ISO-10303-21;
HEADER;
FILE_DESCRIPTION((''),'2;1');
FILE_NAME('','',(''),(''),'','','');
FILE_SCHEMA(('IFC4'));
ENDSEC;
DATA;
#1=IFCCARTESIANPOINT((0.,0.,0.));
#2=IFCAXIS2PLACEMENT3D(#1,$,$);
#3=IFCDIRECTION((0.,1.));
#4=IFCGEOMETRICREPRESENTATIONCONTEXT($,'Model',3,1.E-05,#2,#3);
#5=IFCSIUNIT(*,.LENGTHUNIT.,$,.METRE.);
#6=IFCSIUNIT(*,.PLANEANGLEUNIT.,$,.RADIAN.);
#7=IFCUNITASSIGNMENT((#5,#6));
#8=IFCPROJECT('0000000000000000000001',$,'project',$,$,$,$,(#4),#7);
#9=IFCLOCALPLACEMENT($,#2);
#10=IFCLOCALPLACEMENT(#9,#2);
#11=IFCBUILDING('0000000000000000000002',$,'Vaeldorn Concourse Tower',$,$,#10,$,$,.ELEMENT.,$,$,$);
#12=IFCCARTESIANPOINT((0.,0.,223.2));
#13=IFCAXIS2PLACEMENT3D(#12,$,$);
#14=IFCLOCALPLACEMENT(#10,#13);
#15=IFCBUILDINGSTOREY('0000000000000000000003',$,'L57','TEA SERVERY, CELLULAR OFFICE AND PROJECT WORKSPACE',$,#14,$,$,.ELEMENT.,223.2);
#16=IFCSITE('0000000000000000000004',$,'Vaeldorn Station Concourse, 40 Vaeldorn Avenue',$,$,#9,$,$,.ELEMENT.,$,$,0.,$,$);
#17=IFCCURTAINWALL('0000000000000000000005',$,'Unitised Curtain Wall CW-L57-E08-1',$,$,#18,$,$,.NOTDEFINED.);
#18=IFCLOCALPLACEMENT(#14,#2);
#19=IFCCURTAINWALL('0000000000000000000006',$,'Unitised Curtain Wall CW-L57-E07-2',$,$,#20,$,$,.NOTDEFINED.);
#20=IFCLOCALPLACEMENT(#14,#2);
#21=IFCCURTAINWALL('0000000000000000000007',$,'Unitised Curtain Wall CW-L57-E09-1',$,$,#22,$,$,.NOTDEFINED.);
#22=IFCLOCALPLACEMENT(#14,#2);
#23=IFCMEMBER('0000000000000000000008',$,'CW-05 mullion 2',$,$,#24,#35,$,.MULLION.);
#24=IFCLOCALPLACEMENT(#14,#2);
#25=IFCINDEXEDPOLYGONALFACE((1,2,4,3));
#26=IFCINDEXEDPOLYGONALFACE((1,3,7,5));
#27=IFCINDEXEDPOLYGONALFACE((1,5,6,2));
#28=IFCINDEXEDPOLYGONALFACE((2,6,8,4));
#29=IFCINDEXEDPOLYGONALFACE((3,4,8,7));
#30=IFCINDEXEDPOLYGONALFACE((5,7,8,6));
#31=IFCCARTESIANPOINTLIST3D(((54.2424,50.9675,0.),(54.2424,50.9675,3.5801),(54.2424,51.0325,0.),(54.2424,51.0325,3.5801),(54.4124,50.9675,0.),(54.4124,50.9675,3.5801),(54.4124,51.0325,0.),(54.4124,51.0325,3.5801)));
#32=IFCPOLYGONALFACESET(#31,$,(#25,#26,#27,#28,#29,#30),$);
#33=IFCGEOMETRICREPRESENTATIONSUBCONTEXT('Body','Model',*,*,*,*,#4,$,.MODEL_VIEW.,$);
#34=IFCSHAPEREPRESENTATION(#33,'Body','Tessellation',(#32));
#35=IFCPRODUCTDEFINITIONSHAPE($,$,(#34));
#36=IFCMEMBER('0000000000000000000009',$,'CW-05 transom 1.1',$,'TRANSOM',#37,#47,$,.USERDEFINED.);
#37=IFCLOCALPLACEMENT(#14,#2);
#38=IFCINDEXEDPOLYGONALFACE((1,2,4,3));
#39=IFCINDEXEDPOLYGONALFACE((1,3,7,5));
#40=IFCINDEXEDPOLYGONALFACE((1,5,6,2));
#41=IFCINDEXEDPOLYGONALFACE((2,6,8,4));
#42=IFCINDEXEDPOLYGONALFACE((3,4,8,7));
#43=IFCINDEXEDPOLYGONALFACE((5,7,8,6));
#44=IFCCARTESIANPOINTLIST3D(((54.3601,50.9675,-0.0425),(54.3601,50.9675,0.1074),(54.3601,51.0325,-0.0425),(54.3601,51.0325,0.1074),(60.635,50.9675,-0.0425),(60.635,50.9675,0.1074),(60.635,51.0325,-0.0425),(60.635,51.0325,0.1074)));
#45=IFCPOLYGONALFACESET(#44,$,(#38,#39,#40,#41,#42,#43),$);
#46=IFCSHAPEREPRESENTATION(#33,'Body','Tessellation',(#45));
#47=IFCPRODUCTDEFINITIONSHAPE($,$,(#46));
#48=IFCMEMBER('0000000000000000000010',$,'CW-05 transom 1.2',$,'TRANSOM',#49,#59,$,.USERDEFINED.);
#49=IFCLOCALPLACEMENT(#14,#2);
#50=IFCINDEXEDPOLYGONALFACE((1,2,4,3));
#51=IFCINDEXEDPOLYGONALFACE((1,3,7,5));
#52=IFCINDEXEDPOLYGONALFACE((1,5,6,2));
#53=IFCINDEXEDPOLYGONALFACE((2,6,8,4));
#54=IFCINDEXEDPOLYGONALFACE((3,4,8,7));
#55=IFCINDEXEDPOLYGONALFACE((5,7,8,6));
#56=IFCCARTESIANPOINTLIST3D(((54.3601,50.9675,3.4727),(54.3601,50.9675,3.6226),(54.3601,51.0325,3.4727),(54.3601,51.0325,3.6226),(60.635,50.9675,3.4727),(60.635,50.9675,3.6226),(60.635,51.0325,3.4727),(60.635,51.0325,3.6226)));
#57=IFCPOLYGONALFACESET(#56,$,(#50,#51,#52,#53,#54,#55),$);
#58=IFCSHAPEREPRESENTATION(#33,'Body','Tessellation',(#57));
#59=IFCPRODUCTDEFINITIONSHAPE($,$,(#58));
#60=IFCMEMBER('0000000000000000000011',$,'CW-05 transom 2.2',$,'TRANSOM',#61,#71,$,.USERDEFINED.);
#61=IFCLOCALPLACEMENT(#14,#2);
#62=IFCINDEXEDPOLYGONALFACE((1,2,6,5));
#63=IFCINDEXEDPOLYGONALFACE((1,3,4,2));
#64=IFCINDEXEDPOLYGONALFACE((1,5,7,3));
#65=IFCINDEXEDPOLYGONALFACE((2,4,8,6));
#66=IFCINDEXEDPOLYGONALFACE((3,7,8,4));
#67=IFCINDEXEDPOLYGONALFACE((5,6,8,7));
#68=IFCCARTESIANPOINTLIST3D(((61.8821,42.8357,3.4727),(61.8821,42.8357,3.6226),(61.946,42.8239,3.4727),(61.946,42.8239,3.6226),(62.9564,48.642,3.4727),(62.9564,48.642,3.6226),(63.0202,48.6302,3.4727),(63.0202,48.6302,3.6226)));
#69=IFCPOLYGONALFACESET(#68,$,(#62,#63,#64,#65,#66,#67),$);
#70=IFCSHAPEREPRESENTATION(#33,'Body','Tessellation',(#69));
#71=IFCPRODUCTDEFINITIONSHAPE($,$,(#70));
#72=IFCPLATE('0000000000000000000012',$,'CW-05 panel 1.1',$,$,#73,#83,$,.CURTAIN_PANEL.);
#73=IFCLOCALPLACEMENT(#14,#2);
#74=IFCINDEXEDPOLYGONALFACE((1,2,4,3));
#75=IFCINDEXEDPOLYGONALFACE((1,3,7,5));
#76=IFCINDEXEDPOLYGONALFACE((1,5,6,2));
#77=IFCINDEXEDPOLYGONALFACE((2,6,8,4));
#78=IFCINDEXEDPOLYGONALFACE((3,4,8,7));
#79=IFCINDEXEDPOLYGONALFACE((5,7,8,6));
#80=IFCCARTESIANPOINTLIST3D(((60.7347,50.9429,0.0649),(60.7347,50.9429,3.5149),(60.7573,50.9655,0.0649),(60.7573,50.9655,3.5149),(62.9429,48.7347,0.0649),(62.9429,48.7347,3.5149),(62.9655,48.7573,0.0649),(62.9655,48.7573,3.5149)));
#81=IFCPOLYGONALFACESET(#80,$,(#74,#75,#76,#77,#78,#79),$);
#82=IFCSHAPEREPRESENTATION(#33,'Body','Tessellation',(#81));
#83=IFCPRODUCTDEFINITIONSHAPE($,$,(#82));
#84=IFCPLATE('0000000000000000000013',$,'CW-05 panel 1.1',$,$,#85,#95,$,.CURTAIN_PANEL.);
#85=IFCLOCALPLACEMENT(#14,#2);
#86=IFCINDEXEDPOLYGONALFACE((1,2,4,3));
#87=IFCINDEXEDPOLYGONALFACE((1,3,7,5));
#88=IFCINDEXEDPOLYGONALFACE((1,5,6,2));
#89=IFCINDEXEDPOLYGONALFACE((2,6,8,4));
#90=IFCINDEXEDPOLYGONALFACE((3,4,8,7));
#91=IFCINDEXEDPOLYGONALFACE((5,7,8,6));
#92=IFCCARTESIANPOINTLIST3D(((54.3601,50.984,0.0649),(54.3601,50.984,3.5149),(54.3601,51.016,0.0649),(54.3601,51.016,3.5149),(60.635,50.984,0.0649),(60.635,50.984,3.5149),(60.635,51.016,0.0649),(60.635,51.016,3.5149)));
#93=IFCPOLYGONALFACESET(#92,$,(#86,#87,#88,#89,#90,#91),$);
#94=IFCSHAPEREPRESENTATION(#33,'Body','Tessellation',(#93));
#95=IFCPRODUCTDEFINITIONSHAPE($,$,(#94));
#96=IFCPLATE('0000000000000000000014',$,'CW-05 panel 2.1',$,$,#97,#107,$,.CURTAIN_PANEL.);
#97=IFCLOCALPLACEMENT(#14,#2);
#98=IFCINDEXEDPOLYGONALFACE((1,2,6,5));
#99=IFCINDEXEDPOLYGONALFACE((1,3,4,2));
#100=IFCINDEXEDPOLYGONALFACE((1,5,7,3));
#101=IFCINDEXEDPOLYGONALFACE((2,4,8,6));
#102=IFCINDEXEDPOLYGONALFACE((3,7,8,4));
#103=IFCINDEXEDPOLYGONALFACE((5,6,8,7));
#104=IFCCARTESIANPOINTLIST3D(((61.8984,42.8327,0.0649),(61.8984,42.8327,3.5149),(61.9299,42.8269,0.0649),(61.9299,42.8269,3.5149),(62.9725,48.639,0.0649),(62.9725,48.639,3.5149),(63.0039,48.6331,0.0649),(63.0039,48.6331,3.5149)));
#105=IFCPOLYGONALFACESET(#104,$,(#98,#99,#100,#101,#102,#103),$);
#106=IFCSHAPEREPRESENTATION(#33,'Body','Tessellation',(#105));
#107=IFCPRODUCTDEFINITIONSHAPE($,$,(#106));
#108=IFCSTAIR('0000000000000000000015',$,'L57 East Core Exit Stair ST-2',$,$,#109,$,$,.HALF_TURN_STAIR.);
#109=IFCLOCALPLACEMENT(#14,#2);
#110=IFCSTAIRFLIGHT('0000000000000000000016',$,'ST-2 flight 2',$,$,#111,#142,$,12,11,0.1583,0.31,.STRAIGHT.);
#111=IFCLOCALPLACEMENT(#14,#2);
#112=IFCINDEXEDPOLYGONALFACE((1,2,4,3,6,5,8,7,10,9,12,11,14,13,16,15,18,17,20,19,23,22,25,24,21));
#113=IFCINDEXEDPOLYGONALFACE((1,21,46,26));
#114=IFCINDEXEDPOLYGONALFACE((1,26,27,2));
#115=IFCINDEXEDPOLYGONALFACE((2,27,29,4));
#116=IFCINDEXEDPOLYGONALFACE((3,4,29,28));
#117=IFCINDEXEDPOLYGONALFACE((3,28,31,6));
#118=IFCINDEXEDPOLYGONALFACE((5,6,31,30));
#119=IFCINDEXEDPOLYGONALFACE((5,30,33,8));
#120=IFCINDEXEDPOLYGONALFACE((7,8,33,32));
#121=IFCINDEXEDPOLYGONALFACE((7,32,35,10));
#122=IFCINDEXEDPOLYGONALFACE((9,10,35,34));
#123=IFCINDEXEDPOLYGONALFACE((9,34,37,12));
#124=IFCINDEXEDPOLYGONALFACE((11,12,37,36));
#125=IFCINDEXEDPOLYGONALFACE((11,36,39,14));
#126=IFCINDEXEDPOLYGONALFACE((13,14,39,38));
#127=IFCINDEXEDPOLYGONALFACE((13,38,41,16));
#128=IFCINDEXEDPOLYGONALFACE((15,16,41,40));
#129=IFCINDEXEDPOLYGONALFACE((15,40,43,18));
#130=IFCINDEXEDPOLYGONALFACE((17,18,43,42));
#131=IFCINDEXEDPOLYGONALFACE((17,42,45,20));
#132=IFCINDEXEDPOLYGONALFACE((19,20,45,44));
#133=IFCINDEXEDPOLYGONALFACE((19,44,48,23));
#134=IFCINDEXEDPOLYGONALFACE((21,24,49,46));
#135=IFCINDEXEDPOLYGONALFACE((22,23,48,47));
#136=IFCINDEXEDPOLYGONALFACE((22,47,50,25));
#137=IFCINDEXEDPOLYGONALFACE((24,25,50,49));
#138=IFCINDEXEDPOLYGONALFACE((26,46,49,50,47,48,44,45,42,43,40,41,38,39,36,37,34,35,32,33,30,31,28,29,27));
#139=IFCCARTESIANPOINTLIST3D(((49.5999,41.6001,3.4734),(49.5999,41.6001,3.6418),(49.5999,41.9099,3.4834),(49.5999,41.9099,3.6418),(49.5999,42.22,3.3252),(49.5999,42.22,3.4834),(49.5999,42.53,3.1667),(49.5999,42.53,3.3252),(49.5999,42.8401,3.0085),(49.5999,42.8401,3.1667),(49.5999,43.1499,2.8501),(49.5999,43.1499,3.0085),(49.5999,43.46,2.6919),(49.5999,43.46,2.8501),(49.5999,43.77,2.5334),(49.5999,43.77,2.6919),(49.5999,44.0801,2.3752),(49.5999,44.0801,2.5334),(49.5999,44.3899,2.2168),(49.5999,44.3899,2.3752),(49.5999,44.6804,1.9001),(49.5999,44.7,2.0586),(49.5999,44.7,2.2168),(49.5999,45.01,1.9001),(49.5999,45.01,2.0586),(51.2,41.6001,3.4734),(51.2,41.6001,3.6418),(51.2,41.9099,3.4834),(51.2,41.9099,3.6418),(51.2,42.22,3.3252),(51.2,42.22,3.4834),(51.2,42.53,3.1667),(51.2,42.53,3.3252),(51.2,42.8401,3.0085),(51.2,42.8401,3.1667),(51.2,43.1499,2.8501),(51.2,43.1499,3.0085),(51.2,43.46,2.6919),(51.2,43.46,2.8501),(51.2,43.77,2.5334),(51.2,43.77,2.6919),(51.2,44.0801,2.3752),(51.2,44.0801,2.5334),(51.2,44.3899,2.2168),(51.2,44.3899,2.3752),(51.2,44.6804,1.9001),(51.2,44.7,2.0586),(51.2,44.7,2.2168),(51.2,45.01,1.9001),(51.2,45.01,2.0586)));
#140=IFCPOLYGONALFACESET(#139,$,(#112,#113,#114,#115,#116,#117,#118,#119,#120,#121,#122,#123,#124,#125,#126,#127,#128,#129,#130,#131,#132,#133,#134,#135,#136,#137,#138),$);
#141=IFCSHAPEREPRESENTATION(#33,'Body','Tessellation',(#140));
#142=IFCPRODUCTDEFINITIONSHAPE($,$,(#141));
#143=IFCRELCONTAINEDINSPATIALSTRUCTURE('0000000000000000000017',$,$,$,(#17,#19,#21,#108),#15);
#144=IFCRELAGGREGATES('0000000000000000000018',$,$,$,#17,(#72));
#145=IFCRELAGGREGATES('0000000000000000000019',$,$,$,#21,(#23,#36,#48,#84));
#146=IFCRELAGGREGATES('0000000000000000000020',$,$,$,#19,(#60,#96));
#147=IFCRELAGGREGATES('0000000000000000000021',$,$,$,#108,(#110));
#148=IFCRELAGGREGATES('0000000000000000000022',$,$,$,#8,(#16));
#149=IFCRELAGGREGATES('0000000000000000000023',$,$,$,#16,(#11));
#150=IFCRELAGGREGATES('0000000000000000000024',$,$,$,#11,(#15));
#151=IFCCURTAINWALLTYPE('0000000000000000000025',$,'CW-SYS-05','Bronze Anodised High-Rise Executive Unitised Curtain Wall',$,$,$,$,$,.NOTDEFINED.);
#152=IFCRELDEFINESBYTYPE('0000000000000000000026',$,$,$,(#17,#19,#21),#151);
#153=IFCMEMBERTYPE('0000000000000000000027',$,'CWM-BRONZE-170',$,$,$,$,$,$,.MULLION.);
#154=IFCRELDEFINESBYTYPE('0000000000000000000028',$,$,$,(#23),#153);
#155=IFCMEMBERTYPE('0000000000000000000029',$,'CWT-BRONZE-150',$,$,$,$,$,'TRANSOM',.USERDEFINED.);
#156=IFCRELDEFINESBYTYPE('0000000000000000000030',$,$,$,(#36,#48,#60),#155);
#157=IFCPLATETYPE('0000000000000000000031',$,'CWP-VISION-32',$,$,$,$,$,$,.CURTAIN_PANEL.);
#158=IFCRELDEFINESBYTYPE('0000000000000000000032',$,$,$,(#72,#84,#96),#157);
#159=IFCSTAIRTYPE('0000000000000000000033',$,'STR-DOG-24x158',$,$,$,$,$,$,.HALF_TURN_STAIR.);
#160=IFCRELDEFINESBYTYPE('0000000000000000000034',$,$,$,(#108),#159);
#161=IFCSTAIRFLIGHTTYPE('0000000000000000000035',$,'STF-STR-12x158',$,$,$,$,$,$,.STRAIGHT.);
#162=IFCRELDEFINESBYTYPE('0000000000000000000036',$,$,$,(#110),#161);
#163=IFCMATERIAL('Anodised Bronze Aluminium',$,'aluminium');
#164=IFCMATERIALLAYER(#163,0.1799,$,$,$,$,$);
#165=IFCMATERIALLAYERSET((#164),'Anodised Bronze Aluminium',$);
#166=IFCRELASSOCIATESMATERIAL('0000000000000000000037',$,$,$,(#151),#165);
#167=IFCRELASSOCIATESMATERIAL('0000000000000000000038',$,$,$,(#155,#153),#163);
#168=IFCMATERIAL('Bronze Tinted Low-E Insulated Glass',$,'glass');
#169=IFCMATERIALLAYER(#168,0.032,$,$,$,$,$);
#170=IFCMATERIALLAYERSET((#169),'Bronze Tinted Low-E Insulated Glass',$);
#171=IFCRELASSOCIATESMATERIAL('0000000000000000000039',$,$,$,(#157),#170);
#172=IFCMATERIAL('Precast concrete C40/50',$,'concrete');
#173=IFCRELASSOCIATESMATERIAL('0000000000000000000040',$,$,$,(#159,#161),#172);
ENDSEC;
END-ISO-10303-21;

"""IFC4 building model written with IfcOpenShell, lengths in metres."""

from ifc_helpers import new_model, si_unit, direction, frame, origin, origin_2d, place, context, subcontext, project, spatial, polyline, rectangle, outline, extrude, source, transform, mapped, material, layer, layer_set, material_profile, profile_set, type_object, element, aggregate, save


model = new_model("IFC4")

# Units and contexts
model_context = context("Model", 3, precision=1e-05, world=origin(), true_north=direction((0.0, 1.0)))
body_context = subcontext(model_context, "Body", "Model", "MODEL_VIEW")
ifc_project = project(units=[si_unit("LENGTHUNIT", "METRE"), si_unit("PLANEANGLEUNIT", "RADIAN")], contexts=[model_context])

# Site, building, storey
site_placement = place(None, origin())
site = spatial("IfcSite", under=ifc_project, at=site_placement, Name="Vaeldorn Station Concourse, 40 Vaeldorn Avenue", CompositionType="ELEMENT", RefElevation=0.0)
building_placement = place(site_placement, origin())
building = spatial("IfcBuilding", under=site, at=building_placement, Name="Vaeldorn Concourse Tower", CompositionType="ELEMENT")
storey_placement = place(building_placement, frame((0.0, 0.0, 223.2)))
storey = spatial("IfcBuildingStorey", under=building, at=storey_placement, Name="L57", Description="TEA SERVERY, CELLULAR OFFICE AND PROJECT WORKSPACE", CompositionType="ELEMENT", Elevation=223.2)

# Curtain wall
ifc_material_1 = material(Name="Anodised Bronze Aluminium", Category="aluminium")
ifc_layer_1 = layer(ifc_material_1, 0.1799)
ifc_layer_set_1 = layer_set([ifc_layer_1], Name="Anodised Bronze Aluminium")
curtain_wall_type = type_object("IfcCurtainWallType", Name="CW-SYS-05", Description="Bronze Anodised High-Rise Executive Unitised Curtain Wall", PredefinedType="NOTDEFINED", material=ifc_layer_set_1)
curtain_wall_1_placement = place(storey_placement, origin())
curtain_wall_1 = element("IfcCurtainWall", 1, at=curtain_wall_1_placement, inside=storey, type_object=curtain_wall_type, Name="Unitised Curtain Wall CW-L57-E08-1", PredefinedType="NOTDEFINED")
ifc_material_profile_1 = material_profile(ifc_material_1, rectangle(XDim=0.0649, YDim=0.1499, at=origin_2d()), Name="CWT 65x150")
ifc_profile_set_1 = profile_set([ifc_material_profile_1], Name="Anodised Bronze Aluminium")
member_type_1 = type_object("IfcMemberType", Name="CWT-BRONZE-150", ElementType="TRANSOM", PredefinedType="USERDEFINED", material=ifc_profile_set_1)

# Curtain wall
curtain_wall_2_placement = place(storey_placement, origin())
curtain_wall_2 = element("IfcCurtainWall", 2, at=curtain_wall_2_placement, inside=storey, type_object=curtain_wall_type, Name="Unitised Curtain Wall CW-L57-E07-2", PredefinedType="NOTDEFINED")
ifc_material_profile_2 = material_profile(ifc_material_1, rectangle(XDim=0.0649, YDim=0.1699, at=origin_2d()), Name="CWM 65x170")
ifc_profile_set_2 = profile_set([ifc_material_profile_2], Name="Anodised Bronze Aluminium")
member_type_2 = type_object("IfcMemberType", Name="CWM-BRONZE-170", PredefinedType="MULLION", material=ifc_profile_set_2)
shared_shape_1 = source(origin(), body_context, "Body", "SweptSolid", [
    extrude(rectangle(XDim=0.0649, YDim=0.1699, at=origin_2d()), origin(), (0.0, 0.0, 1.0), 3.5801),
])

# Curtain wall, members
curtain_wall_3_placement = place(storey_placement, origin())
curtain_wall_3 = element("IfcCurtainWall", 3, at=curtain_wall_3_placement, inside=storey, type_object=curtain_wall_type, Name="Unitised Curtain Wall CW-L57-E09-1", PredefinedType="NOTDEFINED")
member_1_placement = place(storey_placement, frame((54.3274, 51.0, 0.0), z_axis=(0.0, 0.0, 1.0), x_axis=(0.0, -1.0, 0.0)))
member_1 = element("IfcMember", 4, at=member_1_placement, type_object=member_type_2, Name="CW-05 mullion 2", PredefinedType="MULLION", context=body_context, shape_type="MappedRepresentation", body=[
    mapped(shared_shape_1, transform((0.0, 0.0, 0.0), scale=1.0)),
])
shared_shape_2 = source(origin(), body_context, "Body", "SweptSolid", [
    extrude(rectangle(XDim=0.0649, YDim=0.1499, at=origin_2d()), origin(), (0.0, 0.0, 1.0), 6.2749),
])
member_2_placement = place(storey_placement, frame((60.635, 51.0, 0.0325), z_axis=(-1.0, 0.0, 0.0), x_axis=(0.0, -1.0, 0.0)))
member_2 = element("IfcMember", 5, at=member_2_placement, type_object=member_type_1, Name="CW-05 transom 1.1", ObjectType="TRANSOM", PredefinedType="USERDEFINED", context=body_context, shape_type="MappedRepresentation", body=[
    mapped(shared_shape_2, transform((0.0, 0.0, 0.0), scale=1.0)),
])
member_3_placement = place(storey_placement, frame((60.635, 51.0, 3.5476), z_axis=(-1.0, 0.0, 0.0), x_axis=(0.0, -1.0, 0.0)))
member_3 = element("IfcMember", 6, at=member_3_placement, type_object=member_type_1, Name="CW-05 transom 1.2", ObjectType="TRANSOM", PredefinedType="USERDEFINED", context=body_context, shape_type="MappedRepresentation", body=[
    mapped(shared_shape_2, transform((0.0, 0.0, 0.0), scale=1.0)),
])

# Member
shared_shape_3 = source(origin(), body_context, "Body", "SweptSolid", [
    extrude(rectangle(XDim=0.0649, YDim=0.1499, at=origin_2d()), origin(), (0.0, 0.0, 1.0), 5.9048),
])
member_4_placement = place(storey_placement, frame((61.9141, 42.8298, 3.5476), z_axis=(0.181926, 0.983312, 0.0), x_axis=(-0.983312, 0.181926, 0.0)))
member_4 = element("IfcMember", 7, at=member_4_placement, type_object=member_type_1, Name="CW-05 transom 2.2", ObjectType="TRANSOM", PredefinedType="USERDEFINED", context=body_context, shape_type="MappedRepresentation", body=[
    mapped(shared_shape_3, transform((0.0, 0.0, 0.0), scale=1.0)),
])

# Plates
ifc_material_2 = material(Name="Bronze Tinted Low-E Insulated Glass", Category="glass")
ifc_layer_2 = layer(ifc_material_2, 0.032)
ifc_layer_set_2 = layer_set([ifc_layer_2], Name="Bronze Tinted Low-E Insulated Glass")
plate_type = type_object("IfcPlateType", Name="CWP-VISION-32", PredefinedType="CURTAIN_PANEL", material=ifc_layer_set_2)
shared_shape_4 = source(origin(), body_context, "Body", "SweptSolid", [
    extrude(rectangle(XDim=3.1228, YDim=0.032, at=origin_2d()), origin(), (0.0, 0.0, 1.0), 3.45),
])
plate_1_placement = place(storey_placement, frame((61.8501, 49.8501, 0.0649), z_axis=(0.0, 0.0, 1.0), x_axis=(-0.707107, 0.707107, 0.0)))
plate_1 = element("IfcPlate", 8, at=plate_1_placement, type_object=plate_type, Name="CW-05 panel 1.1", PredefinedType="CURTAIN_PANEL", context=body_context, shape_type="MappedRepresentation", body=[
    mapped(shared_shape_4, transform((0.0, 0.0, 0.0), scale=1.0)),
])
aggregate(curtain_wall_1, [plate_1])
shared_shape_5 = source(origin(), body_context, "Body", "SweptSolid", [
    extrude(rectangle(XDim=6.2749, YDim=0.032, at=origin_2d()), origin(), (0.0, 0.0, 1.0), 3.45),
])
plate_2_placement = place(storey_placement, frame((57.4976, 51.0, 0.0649), z_axis=(0.0, 0.0, 1.0), x_axis=(-1.0, 0.0, 0.0)))
plate_2 = element("IfcPlate", 9, at=plate_2_placement, type_object=plate_type, Name="CW-05 panel 1.1", PredefinedType="CURTAIN_PANEL", context=body_context, shape_type="MappedRepresentation", body=[
    mapped(shared_shape_5, transform((0.0, 0.0, 0.0), scale=1.0)),
])
aggregate(curtain_wall_3, [member_1, member_2, member_3, plate_2])
shared_shape_6 = source(origin(), body_context, "Body", "SweptSolid", [
    extrude(rectangle(XDim=5.9048, YDim=0.032, at=origin_2d()), origin(), (0.0, 0.0, 1.0), 3.45),
])
plate_3_placement = place(storey_placement, frame((62.4512, 45.7329, 0.0649), z_axis=(0.0, 0.0, 1.0), x_axis=(0.181888, 0.983319, 0.0)))
plate_3 = element("IfcPlate", 10, at=plate_3_placement, type_object=plate_type, Name="CW-05 panel 2.1", PredefinedType="CURTAIN_PANEL", context=body_context, shape_type="MappedRepresentation", body=[
    mapped(shared_shape_6, transform((0.0, 0.0, 0.0), scale=1.0)),
])
aggregate(curtain_wall_2, [member_4, plate_3])

# Stair, stair flight
ifc_material_3 = material(Name="Precast concrete C40/50", Category="concrete")
stair_type = type_object("IfcStairType", Name="STR-DOG-24x158", PredefinedType="HALF_TURN_STAIR", material=ifc_material_3)
stair_placement = place(storey_placement, origin())
stair = element("IfcStair", 11, at=stair_placement, inside=storey, type_object=stair_type, Name="L57 East Core Exit Stair ST-2", PredefinedType="HALF_TURN_STAIR")
stair_flight_type = type_object("IfcStairFlightType", Name="STF-STR-12x158", PredefinedType="STRAIGHT", material=ifc_material_3)
stair_flight_placement = place(storey_placement, frame((50.3999, 45.01, 1.9001), z_axis=(0.0, 0.0, 1.0), x_axis=(0.0, -1.0, 0.0)))
stair_flight = element("IfcStairFlight", 12, at=stair_flight_placement, type_object=stair_flight_type, Name="ST-2 flight 2", NumberOfRisers=12, NumberOfTreads=11, PredefinedType="STRAIGHT", RiserHeight=0.1583, TreadLength=0.31, context=body_context, shape_type="SweptSolid", body=[
    extrude(outline(polyline([(0.0, 0.0), (0.0, 0.1584), (0.3101, 0.1584), (0.3101, 0.3167), (0.6201, 0.3167), (0.6201, 0.4751), (0.9299, 0.4751), (0.9299, 0.6333), (1.24, 0.6333), (1.24, 0.7917), (1.55, 0.7917), (1.55, 0.95), (1.8601, 0.95), (1.8601, 1.1084), (2.1699, 1.1084), (2.1699, 1.2666), (2.48, 1.2666), (2.48, 1.425), (2.79, 1.425), (2.79, 1.5833), (3.1001, 1.5833), (3.1001, 1.7417), (3.4099, 1.7417), (3.4099, 1.8999), (3.4099, 1.5732), (0.3296, 0.0), (0.0, 0.0)])), frame((0.0, 0.8, 0.0), z_axis=(0.0, -1.0, 0.0), x_axis=(1.0, 0.0, 0.0)), (0.0, 0.0, 1.0), 1.6001),
])
aggregate(stair, [stair_flight])

save(model, "model.ifc")
